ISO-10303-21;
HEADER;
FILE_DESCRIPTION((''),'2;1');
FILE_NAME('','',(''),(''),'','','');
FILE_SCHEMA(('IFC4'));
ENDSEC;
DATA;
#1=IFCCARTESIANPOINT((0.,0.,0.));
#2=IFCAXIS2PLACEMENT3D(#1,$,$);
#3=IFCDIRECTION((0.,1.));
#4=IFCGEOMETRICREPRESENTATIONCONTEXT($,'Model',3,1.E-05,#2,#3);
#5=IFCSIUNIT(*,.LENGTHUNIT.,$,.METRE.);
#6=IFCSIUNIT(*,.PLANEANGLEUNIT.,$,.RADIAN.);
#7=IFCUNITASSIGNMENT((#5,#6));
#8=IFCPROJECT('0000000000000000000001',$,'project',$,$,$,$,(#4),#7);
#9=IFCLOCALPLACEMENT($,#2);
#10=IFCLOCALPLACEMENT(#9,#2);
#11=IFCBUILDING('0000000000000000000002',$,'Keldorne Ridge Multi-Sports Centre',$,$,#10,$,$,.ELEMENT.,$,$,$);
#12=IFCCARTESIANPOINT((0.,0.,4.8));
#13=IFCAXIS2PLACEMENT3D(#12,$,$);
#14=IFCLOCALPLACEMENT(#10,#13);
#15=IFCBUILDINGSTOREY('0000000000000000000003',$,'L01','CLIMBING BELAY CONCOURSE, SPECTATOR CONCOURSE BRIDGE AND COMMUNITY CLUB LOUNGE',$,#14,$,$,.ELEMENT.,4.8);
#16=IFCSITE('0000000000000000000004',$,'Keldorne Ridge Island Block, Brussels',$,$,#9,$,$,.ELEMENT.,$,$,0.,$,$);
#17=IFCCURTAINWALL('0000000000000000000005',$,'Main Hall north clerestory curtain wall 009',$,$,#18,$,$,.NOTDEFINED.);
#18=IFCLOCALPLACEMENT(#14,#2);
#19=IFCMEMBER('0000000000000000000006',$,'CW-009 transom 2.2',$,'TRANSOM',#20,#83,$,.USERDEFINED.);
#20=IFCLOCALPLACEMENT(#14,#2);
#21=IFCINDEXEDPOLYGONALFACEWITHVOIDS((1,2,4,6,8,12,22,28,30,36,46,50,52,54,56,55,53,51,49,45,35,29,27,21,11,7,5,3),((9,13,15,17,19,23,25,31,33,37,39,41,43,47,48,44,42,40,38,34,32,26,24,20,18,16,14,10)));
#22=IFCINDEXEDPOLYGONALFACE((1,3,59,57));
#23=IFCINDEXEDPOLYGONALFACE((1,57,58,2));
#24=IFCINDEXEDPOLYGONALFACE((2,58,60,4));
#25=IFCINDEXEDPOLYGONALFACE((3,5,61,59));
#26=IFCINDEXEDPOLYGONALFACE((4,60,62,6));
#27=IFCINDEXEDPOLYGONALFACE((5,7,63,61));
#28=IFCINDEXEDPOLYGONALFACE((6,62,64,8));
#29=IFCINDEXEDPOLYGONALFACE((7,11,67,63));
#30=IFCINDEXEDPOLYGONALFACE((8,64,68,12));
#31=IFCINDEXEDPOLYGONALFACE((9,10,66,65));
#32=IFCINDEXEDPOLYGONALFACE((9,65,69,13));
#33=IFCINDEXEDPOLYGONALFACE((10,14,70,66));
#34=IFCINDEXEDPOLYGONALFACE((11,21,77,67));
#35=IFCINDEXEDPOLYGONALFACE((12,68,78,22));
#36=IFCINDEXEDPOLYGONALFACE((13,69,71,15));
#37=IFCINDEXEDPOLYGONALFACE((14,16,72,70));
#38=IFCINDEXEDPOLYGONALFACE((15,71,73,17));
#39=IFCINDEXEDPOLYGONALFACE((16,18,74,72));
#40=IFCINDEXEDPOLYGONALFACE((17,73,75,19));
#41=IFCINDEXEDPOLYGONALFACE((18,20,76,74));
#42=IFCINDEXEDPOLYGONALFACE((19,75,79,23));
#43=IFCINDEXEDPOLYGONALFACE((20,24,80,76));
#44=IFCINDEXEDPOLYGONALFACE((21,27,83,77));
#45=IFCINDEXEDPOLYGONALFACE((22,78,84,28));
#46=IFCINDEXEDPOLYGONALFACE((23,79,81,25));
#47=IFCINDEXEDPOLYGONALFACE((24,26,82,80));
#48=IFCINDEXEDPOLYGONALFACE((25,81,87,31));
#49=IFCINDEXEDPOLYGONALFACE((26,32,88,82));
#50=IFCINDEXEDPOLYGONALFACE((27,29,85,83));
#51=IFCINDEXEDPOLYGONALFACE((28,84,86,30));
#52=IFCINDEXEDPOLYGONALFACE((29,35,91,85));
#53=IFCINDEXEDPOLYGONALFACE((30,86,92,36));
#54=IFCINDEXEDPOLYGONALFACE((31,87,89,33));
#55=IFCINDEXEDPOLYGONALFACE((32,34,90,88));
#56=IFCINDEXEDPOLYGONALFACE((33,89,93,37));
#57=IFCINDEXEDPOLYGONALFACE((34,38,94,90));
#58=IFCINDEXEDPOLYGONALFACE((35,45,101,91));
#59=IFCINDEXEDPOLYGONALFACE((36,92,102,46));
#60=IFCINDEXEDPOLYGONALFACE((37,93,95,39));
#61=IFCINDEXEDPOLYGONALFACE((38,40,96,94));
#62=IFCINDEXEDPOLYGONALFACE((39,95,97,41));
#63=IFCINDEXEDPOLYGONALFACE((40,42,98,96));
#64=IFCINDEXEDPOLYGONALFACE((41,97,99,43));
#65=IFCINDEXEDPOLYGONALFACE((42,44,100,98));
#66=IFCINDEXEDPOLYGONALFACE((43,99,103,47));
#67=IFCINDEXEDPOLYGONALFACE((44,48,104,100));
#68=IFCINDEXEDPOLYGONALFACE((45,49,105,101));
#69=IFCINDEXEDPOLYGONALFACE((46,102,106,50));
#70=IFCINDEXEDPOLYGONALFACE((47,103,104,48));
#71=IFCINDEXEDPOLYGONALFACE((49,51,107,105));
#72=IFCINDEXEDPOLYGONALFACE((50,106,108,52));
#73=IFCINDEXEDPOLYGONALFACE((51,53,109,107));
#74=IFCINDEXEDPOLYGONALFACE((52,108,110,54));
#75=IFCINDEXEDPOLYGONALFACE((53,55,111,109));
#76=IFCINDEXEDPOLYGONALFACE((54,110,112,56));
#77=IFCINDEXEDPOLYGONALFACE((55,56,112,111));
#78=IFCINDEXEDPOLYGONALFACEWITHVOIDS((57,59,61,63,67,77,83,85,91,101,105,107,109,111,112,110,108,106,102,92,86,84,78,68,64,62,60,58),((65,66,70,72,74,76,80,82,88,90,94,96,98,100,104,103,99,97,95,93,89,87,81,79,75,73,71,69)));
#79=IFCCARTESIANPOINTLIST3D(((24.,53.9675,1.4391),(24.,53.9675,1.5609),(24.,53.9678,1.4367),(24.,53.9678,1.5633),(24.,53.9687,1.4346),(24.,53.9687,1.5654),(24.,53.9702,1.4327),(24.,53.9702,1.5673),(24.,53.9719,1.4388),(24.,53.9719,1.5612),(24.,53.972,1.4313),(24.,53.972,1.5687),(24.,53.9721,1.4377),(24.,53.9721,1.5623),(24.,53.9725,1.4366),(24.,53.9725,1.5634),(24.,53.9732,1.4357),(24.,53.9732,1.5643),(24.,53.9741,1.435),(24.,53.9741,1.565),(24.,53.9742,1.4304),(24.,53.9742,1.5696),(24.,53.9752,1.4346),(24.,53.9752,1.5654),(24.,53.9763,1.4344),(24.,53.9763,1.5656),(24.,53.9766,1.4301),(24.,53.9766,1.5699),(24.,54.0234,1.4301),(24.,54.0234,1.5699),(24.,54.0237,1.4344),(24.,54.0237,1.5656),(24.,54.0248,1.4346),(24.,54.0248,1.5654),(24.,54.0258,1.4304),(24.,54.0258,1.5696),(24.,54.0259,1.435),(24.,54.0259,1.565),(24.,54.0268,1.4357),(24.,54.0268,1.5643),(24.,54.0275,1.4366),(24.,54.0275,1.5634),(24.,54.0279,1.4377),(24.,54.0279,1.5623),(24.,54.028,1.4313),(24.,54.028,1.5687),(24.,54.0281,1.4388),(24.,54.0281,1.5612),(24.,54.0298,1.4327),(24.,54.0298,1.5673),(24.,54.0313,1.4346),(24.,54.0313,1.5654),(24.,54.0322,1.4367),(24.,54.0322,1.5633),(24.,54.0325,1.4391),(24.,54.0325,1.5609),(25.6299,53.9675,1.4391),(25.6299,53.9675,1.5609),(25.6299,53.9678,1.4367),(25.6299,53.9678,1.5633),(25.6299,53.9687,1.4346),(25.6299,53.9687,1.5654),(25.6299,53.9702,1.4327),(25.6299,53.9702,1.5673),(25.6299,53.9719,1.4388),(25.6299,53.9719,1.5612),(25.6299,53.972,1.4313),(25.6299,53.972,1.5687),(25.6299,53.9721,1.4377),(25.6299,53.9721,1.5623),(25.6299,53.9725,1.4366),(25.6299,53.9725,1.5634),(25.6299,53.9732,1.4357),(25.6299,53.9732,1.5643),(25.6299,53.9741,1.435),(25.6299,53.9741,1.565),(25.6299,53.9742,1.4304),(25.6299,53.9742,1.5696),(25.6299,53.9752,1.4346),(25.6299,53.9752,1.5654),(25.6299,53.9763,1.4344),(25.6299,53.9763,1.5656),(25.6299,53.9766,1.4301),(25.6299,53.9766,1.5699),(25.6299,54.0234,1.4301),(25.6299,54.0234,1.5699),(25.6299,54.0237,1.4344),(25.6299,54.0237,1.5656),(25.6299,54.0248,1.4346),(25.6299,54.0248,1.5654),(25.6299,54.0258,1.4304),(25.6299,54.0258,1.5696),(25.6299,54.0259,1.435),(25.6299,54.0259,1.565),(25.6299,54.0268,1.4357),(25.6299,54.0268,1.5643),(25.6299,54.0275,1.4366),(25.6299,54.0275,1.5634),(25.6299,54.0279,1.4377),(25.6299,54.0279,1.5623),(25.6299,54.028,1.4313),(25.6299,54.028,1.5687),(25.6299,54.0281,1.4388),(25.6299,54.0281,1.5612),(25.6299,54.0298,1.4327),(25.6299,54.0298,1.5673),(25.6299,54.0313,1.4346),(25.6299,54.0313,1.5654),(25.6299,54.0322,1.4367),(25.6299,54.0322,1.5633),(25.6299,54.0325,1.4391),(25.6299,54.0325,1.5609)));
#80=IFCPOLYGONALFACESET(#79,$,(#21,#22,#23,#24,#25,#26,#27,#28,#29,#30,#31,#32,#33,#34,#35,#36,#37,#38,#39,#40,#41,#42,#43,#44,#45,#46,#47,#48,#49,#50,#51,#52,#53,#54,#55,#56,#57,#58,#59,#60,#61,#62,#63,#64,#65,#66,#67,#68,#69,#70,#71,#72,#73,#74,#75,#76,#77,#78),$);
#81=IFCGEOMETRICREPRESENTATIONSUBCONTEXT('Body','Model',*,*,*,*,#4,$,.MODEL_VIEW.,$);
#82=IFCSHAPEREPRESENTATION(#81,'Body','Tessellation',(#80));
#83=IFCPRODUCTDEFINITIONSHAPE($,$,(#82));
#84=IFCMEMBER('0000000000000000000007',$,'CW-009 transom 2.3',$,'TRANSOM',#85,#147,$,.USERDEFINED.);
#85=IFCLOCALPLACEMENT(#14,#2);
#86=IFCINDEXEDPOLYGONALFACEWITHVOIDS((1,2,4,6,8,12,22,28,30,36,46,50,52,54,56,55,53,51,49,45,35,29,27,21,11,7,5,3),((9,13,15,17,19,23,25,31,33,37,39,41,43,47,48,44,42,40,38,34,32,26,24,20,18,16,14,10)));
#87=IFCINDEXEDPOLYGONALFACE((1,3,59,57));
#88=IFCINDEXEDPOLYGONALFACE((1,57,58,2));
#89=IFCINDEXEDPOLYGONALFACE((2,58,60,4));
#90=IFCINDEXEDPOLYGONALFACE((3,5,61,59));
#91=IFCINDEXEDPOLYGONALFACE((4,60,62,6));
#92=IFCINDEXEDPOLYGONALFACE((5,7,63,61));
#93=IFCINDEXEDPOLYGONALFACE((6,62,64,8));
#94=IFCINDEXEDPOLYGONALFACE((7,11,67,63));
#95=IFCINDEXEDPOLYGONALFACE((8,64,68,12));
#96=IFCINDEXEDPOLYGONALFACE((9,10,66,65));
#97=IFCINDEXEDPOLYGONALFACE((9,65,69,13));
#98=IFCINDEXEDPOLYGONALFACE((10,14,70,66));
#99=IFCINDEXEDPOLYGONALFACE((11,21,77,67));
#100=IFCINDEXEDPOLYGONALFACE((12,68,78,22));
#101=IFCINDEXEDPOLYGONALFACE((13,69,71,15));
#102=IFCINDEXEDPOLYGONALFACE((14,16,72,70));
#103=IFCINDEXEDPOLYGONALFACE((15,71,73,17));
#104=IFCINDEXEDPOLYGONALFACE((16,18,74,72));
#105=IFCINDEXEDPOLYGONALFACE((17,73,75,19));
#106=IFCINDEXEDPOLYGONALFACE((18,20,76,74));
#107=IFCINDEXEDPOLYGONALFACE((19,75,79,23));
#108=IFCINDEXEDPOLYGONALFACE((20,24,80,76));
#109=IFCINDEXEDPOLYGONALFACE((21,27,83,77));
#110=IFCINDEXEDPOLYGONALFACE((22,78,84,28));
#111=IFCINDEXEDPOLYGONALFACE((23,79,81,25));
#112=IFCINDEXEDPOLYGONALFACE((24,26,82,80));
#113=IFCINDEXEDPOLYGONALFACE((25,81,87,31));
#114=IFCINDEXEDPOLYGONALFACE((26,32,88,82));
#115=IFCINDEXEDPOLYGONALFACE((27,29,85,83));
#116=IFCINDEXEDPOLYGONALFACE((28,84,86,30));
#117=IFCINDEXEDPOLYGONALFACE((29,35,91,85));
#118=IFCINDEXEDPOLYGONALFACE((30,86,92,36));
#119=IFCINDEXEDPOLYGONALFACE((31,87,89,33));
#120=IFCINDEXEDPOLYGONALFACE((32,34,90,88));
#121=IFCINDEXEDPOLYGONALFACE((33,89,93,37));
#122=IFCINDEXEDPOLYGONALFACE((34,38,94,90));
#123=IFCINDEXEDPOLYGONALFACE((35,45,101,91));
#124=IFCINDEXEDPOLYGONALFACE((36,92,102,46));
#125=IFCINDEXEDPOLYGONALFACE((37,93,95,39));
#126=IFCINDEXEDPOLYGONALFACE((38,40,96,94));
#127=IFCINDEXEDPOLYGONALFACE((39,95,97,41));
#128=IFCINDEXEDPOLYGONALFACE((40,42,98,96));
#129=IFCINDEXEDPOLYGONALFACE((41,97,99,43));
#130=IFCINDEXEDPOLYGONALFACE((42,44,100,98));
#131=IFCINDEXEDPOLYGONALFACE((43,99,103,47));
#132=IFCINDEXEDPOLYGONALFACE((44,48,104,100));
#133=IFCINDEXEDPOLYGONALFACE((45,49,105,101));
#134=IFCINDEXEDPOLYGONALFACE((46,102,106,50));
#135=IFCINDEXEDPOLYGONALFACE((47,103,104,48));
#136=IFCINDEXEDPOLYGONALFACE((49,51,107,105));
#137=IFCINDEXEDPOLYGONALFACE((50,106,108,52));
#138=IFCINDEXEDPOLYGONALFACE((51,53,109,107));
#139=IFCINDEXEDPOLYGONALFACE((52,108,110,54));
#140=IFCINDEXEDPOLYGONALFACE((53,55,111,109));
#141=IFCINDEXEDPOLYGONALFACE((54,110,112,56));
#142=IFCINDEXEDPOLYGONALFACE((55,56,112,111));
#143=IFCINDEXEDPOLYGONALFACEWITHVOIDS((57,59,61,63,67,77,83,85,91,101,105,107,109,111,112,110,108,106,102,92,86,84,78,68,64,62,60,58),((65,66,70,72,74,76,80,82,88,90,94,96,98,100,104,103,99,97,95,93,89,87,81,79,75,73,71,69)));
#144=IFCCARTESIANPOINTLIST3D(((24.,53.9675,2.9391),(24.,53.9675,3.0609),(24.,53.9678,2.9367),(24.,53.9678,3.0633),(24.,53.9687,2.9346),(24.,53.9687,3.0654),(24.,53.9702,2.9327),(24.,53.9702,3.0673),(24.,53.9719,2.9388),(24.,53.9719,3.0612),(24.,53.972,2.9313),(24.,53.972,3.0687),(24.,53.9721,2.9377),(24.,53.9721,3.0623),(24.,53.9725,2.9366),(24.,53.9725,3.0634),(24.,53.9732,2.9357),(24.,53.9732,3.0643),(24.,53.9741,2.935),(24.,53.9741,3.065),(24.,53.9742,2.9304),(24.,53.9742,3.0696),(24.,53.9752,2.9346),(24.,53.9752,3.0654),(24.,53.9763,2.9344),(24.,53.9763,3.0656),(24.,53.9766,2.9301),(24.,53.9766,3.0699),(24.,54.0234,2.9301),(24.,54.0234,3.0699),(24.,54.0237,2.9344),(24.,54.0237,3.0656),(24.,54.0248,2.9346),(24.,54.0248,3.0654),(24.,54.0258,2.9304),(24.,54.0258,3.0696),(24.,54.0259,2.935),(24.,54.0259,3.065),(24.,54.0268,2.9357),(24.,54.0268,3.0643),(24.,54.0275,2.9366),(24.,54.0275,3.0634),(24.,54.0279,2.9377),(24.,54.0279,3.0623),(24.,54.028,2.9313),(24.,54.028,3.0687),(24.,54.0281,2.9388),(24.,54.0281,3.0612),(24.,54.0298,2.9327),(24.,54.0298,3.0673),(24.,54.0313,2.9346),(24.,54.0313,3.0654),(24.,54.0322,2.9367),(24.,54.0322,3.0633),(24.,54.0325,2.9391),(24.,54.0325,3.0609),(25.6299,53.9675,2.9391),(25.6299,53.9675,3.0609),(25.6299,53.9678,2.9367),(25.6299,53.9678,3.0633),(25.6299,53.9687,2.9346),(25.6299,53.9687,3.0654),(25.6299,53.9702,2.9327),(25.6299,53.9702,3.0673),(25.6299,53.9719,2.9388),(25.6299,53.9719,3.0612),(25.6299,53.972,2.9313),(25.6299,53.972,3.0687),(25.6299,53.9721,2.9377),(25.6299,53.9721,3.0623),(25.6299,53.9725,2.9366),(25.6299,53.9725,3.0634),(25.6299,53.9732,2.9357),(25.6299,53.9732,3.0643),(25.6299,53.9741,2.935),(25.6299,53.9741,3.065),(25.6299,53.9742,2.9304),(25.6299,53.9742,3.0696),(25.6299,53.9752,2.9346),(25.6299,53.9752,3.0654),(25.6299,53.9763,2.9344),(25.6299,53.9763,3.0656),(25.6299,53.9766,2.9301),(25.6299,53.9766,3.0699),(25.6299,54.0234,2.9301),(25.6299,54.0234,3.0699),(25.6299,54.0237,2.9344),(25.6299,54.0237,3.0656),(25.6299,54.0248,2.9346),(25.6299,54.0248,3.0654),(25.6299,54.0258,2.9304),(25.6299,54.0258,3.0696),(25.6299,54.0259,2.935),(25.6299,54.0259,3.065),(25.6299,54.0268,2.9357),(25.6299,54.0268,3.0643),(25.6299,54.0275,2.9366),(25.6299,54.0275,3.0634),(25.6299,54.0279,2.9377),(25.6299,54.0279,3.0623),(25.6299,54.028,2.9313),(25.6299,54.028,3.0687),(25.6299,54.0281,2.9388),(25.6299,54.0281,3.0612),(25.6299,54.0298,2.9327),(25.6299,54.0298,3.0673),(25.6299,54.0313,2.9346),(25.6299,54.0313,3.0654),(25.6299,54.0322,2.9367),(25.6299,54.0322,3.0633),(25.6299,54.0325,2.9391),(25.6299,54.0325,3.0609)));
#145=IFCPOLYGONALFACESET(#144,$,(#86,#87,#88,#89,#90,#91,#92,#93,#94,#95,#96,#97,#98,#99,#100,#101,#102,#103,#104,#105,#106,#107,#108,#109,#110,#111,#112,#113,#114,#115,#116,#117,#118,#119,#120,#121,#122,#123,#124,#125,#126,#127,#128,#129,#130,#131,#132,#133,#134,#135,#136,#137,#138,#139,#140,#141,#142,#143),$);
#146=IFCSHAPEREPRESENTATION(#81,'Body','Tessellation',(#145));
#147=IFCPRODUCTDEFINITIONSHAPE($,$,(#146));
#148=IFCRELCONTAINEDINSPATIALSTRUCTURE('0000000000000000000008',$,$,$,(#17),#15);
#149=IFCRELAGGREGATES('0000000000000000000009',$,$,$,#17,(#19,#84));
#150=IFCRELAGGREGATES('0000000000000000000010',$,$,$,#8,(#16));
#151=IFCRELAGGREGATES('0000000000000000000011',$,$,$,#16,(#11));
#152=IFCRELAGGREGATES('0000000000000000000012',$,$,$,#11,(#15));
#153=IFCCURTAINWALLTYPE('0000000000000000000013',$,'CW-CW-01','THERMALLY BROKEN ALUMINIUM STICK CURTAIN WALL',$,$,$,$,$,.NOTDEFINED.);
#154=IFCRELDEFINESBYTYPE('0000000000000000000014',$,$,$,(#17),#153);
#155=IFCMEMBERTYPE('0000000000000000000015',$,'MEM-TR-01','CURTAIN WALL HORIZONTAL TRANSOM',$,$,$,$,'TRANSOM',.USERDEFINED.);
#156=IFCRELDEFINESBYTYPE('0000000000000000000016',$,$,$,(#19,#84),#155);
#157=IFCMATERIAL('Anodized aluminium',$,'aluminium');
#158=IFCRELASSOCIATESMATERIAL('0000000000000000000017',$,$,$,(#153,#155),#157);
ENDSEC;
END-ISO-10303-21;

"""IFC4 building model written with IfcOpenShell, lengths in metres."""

from ifc_helpers import new_model, si_unit, direction, frame, origin, origin_2d, place, context, subcontext, project, spatial, hollow_rectangle, extrude, material, material_profile, profile_set, type_object, element, aggregate, save


model = new_model("IFC4")

# Units and contexts
model_context = context("Model", 3, precision=1e-05, world=origin(), true_north=direction((0.0, 1.0)))
body_context = subcontext(model_context, "Body", "Model", "MODEL_VIEW")
ifc_project = project(units=[si_unit("LENGTHUNIT", "METRE"), si_unit("PLANEANGLEUNIT", "RADIAN")], contexts=[model_context])

# Site, building, storey
site_placement = place(None, origin())
site = spatial("IfcSite", under=ifc_project, at=site_placement, Name="Keldorne Ridge Island Block, Brussels", CompositionType="ELEMENT", RefElevation=0.0)
building_placement = place(site_placement, origin())
building = spatial("IfcBuilding", under=site, at=building_placement, Name="Keldorne Ridge Multi-Sports Centre", CompositionType="ELEMENT")
storey_placement = place(building_placement, frame((0.0, 0.0, 4.8)))
storey = spatial("IfcBuildingStorey", under=building, at=storey_placement, Name="L01", Description="CLIMBING BELAY CONCOURSE, SPECTATOR CONCOURSE BRIDGE AND COMMUNITY CLUB LOUNGE", CompositionType="ELEMENT", Elevation=4.8)

# Curtain wall
ifc_material_1 = material(Name="Anodized aluminium", Category="aluminium")
curtain_wall_type_1 = type_object("IfcCurtainWallType", Name="CW-CW-01", Description="THERMALLY BROKEN ALUMINIUM STICK CURTAIN WALL", PredefinedType="NOTDEFINED", material=ifc_material_1)
curtain_wall_1_placement = place(storey_placement, origin())
curtain_wall_1 = element("IfcCurtainWall", 1, at=curtain_wall_1_placement, inside=storey, type_object=curtain_wall_type_1, Name="Main Hall north clerestory curtain wall 009", PredefinedType="NOTDEFINED")

# Members
ifc_material_profile_1 = material_profile(ifc_material_1, hollow_rectangle(XDim=0.0649, YDim=0.1399, WallThickness=0.0044, InnerFilletRadius=0.0044, OuterFilletRadius=0.009, at=origin_2d()), Name="ALU TRANSOM 140x65x4.5")
ifc_profile_set_1 = profile_set([ifc_material_profile_1], Name="Anodized aluminium")
member_type_1 = type_object("IfcMemberType", Name="MEM-TR-01", Description="CURTAIN WALL HORIZONTAL TRANSOM", ElementType="TRANSOM", PredefinedType="USERDEFINED", material=ifc_profile_set_1)
member_1_placement = place(storey_placement, frame((25.6299, 54.0, 1.5), z_axis=(-1.0, 0.0, 0.0), x_axis=(0.0, -1.0, 0.0)))
member_1 = element("IfcMember", 2, at=member_1_placement, type_object=member_type_1, Name="CW-009 transom 2.2", ObjectType="TRANSOM", PredefinedType="USERDEFINED", context=body_context, shape_type="SweptSolid", body=[
    extrude(hollow_rectangle(XDim=0.0649, YDim=0.1399, WallThickness=0.0044, InnerFilletRadius=0.0044, OuterFilletRadius=0.009, at=origin_2d()), origin(), (0.0, 0.0, 1.0), 1.6299),
])
member_2_placement = place(storey_placement, frame((25.6299, 54.0, 3.0), z_axis=(-1.0, 0.0, 0.0), x_axis=(0.0, -1.0, 0.0)))
member_2 = element("IfcMember", 3, at=member_2_placement, type_object=member_type_1, Name="CW-009 transom 2.3", ObjectType="TRANSOM", PredefinedType="USERDEFINED", context=body_context, shape_type="SweptSolid", body=[
    extrude(hollow_rectangle(XDim=0.0649, YDim=0.1399, WallThickness=0.0044, InnerFilletRadius=0.0044, OuterFilletRadius=0.009, at=origin_2d()), origin(), (0.0, 0.0, 1.0), 1.6299),
])

aggregate(curtain_wall_1, [member_1, member_2])

save(model, "model.ifc")
